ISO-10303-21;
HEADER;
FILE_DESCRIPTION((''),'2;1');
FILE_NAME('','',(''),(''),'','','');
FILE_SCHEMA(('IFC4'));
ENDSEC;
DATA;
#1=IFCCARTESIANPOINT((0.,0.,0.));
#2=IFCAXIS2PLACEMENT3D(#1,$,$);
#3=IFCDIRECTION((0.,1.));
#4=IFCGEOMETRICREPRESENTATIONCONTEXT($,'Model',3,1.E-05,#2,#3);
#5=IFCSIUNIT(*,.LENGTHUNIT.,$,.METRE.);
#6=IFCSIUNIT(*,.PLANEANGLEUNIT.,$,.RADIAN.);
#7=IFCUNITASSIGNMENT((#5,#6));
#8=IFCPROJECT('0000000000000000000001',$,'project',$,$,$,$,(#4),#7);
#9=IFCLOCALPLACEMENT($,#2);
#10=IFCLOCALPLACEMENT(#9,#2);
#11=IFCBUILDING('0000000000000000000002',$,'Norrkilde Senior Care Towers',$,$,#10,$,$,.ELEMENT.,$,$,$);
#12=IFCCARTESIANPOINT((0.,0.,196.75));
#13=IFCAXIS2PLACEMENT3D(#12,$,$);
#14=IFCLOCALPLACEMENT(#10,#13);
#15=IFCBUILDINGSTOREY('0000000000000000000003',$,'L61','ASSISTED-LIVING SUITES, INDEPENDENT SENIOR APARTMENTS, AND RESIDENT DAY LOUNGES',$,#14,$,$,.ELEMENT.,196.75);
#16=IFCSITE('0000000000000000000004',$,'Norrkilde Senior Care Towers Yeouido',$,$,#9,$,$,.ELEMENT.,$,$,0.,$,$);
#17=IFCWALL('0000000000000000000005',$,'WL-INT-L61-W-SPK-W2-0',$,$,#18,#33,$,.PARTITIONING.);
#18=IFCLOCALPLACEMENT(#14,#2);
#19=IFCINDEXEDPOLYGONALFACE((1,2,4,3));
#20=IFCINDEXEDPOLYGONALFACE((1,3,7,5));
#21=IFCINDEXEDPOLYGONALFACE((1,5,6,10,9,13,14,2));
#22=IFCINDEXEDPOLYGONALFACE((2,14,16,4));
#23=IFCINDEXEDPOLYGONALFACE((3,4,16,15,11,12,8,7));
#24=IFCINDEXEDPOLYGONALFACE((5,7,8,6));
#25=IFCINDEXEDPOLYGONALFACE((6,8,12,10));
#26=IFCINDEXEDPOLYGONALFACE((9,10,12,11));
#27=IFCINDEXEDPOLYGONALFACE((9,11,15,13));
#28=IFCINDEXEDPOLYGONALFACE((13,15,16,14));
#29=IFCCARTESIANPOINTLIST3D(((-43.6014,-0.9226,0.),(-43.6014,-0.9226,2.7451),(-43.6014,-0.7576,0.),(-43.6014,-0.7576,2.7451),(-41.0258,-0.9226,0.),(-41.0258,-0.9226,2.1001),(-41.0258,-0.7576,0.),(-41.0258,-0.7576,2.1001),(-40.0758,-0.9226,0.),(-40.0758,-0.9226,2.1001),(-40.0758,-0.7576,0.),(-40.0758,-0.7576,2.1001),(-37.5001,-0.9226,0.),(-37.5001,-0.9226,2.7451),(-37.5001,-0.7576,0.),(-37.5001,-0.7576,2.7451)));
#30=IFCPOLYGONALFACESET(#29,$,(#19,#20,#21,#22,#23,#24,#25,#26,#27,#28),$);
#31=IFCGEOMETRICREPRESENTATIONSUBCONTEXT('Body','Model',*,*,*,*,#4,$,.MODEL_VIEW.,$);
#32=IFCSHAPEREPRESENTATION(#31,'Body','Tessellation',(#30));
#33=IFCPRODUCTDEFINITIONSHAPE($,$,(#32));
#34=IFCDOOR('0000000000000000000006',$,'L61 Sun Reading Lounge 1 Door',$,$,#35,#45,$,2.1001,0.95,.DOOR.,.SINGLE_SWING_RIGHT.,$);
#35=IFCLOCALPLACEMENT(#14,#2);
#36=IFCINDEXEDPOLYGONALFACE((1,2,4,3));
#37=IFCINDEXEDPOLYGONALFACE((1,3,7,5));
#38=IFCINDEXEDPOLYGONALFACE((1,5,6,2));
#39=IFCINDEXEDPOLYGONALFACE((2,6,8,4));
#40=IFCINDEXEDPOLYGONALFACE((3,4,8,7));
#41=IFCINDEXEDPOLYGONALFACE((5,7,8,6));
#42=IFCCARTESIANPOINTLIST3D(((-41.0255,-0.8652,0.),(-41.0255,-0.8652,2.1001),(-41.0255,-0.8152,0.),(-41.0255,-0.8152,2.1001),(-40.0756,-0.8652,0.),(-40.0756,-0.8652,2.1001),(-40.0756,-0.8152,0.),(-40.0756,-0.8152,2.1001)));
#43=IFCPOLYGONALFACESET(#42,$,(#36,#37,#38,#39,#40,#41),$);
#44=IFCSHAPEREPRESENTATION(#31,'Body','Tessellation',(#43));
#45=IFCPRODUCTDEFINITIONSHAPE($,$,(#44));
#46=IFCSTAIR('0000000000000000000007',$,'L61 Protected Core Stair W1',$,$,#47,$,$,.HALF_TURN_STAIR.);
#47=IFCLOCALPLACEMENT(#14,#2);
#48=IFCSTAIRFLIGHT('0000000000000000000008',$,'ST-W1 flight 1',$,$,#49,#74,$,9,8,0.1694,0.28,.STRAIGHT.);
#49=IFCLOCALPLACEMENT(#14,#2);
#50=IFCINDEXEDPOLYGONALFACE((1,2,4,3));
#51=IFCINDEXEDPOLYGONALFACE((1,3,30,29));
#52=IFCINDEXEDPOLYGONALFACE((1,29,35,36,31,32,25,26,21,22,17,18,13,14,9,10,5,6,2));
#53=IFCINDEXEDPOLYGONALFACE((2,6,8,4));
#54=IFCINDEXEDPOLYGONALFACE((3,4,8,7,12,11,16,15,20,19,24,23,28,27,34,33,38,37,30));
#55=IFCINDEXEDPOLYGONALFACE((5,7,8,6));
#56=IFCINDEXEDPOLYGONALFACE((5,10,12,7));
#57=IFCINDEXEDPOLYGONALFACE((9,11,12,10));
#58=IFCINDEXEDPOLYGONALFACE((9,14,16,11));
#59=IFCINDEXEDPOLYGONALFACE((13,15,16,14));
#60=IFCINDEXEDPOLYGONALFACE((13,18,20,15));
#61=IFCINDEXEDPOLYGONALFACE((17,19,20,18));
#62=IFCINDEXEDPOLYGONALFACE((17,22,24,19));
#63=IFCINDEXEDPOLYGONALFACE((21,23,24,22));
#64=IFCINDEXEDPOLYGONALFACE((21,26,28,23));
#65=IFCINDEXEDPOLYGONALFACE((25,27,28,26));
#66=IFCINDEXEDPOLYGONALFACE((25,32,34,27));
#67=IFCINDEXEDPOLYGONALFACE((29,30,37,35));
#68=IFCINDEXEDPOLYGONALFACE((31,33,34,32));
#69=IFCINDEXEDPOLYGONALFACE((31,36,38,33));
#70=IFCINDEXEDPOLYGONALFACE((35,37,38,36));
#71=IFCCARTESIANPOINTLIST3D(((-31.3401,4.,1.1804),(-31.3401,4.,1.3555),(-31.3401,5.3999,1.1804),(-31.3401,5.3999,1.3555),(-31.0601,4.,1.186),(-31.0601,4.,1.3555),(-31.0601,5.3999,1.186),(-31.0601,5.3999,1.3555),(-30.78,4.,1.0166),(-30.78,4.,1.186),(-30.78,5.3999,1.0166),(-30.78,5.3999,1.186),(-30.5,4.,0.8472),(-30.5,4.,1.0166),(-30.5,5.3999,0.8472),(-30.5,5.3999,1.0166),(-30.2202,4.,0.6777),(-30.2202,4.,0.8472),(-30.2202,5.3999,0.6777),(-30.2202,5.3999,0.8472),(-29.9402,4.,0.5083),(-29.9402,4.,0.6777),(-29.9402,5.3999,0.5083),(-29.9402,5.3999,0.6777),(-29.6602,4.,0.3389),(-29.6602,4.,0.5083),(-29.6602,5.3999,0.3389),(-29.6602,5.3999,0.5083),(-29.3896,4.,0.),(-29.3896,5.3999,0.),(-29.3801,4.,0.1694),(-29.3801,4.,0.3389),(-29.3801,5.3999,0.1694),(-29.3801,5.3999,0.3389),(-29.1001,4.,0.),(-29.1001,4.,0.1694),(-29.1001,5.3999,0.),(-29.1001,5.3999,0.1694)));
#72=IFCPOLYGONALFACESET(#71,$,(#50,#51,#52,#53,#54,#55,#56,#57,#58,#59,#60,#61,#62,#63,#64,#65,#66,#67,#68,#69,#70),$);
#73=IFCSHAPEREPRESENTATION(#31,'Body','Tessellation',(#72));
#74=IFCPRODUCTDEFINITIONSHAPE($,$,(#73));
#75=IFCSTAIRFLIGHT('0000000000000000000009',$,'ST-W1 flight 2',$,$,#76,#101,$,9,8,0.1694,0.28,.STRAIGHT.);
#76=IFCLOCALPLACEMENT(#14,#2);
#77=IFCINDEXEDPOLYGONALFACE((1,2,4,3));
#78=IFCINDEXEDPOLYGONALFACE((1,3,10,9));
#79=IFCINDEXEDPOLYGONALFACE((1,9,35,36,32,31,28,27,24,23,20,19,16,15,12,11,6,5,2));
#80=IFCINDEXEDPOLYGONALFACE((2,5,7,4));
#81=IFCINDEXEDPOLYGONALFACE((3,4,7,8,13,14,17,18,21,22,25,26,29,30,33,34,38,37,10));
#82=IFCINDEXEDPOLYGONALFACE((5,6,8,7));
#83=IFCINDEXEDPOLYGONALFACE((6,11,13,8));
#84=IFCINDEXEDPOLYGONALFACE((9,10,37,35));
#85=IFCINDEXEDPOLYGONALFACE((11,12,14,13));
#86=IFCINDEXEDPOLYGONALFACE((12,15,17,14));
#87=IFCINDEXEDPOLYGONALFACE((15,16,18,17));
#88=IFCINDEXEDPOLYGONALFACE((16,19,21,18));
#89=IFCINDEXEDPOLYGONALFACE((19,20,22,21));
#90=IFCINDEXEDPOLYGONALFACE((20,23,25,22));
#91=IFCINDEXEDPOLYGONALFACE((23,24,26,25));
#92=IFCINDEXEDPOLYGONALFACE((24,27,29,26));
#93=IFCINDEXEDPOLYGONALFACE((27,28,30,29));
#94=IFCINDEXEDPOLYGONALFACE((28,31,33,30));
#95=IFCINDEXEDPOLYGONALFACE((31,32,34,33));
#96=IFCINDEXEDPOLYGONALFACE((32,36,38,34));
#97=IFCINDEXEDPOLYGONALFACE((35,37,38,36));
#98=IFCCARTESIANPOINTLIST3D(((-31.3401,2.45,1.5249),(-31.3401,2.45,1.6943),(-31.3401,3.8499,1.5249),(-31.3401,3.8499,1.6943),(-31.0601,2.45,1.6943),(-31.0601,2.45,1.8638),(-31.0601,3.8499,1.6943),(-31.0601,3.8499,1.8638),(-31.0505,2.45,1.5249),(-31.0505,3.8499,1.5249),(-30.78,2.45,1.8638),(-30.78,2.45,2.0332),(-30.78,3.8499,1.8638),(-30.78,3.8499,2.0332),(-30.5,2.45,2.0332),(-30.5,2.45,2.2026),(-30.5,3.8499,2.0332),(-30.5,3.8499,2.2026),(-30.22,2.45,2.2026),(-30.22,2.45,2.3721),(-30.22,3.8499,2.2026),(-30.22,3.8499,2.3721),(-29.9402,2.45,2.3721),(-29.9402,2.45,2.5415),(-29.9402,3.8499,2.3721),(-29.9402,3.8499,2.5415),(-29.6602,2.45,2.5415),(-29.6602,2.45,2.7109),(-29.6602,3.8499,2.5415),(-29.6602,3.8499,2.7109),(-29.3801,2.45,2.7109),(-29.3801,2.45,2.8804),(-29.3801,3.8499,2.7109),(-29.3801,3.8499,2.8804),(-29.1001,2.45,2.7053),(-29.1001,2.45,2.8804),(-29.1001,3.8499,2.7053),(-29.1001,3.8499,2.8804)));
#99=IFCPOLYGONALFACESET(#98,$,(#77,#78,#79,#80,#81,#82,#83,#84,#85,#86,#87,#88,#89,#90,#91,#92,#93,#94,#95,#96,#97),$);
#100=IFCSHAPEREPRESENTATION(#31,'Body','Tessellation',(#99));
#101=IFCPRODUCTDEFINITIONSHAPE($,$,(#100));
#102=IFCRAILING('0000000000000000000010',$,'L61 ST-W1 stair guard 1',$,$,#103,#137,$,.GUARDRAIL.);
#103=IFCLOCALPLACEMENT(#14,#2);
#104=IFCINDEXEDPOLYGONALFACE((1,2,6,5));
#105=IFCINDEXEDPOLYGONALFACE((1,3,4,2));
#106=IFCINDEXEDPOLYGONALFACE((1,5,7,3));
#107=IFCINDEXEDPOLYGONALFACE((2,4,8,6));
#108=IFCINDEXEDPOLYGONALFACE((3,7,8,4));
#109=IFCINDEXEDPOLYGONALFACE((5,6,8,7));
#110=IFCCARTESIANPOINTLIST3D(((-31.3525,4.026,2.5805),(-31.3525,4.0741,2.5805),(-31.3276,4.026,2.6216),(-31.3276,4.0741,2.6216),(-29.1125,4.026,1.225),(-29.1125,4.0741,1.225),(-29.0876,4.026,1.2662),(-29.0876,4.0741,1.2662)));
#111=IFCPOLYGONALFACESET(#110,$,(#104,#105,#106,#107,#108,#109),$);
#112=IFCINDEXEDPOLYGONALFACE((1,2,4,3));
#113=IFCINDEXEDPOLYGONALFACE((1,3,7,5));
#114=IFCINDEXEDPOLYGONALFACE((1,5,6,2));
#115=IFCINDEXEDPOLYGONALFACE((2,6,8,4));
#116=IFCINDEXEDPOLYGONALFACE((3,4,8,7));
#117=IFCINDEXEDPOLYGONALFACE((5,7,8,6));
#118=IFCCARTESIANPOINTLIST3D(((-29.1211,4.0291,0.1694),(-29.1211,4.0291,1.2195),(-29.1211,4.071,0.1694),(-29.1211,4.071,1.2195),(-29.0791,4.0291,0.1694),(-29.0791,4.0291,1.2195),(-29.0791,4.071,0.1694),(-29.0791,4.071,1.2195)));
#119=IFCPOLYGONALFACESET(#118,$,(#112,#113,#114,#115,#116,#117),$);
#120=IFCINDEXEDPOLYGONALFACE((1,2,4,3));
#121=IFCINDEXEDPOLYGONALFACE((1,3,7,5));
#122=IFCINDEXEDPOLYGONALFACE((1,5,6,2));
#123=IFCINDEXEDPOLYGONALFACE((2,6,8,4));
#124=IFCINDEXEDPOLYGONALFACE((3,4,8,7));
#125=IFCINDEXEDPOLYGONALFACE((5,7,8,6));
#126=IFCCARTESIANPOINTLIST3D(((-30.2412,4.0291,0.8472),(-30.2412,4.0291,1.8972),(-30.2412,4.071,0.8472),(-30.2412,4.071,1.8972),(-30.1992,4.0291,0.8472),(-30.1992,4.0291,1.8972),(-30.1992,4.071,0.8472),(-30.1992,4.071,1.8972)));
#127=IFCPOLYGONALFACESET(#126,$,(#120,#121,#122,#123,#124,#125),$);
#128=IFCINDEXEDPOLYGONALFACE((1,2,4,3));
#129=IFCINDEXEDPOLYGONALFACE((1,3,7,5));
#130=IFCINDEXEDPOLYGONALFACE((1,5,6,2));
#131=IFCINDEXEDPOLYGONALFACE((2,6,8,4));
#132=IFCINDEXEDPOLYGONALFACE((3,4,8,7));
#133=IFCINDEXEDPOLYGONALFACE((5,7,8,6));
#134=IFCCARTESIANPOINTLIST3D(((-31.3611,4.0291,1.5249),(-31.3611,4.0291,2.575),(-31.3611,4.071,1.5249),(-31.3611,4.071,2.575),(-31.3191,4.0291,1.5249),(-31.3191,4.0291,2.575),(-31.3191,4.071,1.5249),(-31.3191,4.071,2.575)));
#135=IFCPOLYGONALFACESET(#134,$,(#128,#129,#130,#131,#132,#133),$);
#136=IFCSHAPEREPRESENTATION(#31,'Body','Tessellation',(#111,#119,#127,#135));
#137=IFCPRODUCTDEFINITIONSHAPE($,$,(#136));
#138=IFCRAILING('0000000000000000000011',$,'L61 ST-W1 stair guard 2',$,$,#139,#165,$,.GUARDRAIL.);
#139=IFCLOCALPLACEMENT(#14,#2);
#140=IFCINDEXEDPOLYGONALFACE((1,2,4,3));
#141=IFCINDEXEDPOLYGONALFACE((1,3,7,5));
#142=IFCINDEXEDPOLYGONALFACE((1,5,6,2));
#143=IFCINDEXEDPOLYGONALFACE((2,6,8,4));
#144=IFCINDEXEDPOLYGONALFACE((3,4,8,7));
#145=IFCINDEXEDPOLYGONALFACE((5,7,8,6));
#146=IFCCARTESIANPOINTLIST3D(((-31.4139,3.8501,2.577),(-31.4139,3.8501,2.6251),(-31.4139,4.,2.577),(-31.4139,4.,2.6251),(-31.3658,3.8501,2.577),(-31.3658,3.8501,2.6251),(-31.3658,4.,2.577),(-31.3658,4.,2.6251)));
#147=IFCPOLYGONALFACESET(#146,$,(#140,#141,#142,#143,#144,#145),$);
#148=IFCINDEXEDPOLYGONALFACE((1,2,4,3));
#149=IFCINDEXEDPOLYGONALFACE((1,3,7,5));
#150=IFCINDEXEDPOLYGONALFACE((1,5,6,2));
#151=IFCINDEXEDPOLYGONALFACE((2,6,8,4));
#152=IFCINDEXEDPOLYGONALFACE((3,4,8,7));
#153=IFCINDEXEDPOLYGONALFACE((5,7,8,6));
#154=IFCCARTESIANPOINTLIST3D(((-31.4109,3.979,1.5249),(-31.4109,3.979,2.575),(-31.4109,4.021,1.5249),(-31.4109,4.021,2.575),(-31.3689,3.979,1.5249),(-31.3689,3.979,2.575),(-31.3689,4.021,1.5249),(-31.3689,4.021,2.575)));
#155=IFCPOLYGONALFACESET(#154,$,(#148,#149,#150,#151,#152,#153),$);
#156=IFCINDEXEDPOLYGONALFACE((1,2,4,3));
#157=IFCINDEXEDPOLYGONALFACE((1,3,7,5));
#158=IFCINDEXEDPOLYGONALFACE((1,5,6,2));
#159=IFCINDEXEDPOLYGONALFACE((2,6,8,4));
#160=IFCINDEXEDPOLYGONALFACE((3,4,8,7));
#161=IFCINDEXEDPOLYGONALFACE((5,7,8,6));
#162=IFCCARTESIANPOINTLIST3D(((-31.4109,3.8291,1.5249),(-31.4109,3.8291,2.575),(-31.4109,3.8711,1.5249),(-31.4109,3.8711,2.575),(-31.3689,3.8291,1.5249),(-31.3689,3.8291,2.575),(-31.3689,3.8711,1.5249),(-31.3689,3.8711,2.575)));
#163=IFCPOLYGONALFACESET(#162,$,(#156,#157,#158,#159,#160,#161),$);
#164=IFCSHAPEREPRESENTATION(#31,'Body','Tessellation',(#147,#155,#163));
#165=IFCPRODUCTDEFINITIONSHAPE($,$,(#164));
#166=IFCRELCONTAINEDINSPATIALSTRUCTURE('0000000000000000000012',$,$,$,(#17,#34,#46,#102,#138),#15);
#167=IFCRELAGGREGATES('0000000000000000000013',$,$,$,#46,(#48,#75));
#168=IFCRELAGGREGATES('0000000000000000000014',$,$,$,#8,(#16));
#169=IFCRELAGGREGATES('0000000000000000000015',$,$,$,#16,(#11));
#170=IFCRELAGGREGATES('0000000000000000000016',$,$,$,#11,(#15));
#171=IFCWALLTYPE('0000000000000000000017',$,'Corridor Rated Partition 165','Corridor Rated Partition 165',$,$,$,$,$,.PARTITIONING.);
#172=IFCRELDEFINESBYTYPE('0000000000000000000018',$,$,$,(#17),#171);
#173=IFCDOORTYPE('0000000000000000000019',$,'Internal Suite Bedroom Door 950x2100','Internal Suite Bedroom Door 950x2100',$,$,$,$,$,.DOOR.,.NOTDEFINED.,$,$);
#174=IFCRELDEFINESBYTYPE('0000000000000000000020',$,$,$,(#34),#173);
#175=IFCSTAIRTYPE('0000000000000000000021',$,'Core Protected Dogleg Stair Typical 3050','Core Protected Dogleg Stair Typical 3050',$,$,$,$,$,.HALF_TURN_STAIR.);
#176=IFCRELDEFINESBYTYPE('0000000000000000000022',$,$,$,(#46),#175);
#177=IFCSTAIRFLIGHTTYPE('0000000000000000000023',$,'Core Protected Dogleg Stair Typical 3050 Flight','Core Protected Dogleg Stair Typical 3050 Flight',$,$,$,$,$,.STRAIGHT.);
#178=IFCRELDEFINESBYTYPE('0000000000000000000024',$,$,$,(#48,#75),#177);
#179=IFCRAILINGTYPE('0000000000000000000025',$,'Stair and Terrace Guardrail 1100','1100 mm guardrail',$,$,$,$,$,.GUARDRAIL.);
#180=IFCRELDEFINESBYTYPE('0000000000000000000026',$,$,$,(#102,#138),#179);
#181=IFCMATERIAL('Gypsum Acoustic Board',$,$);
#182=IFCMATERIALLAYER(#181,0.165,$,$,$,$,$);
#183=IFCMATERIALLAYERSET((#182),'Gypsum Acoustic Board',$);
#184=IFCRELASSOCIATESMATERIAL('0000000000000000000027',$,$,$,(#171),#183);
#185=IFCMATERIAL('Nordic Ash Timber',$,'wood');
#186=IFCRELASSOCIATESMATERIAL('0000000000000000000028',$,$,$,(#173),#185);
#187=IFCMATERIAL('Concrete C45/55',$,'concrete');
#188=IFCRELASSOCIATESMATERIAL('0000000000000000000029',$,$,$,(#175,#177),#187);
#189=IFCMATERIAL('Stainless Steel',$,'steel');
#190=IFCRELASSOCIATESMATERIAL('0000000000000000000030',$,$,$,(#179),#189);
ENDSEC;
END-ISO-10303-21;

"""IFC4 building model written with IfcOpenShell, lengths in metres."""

from ifc_helpers import new_model, si_unit, direction, frame, frame_2d, origin, origin_2d, place, context, subcontext, project, spatial, polyline, rectangle, outline, extrude, source, transform, mapped, material, layer, layer_set, type_object, type_shapes, element, fill, aggregate, save


model = new_model("IFC4")

# Units and contexts
model_context = context("Model", 3, precision=1e-05, world=origin(), true_north=direction((0.0, 1.0)))
body_context = subcontext(model_context, "Body", "Model", "MODEL_VIEW")
ifc_project = project(units=[si_unit("LENGTHUNIT", "METRE"), si_unit("PLANEANGLEUNIT", "RADIAN")], contexts=[model_context])

# Site, building, storey
site_placement = place(None, origin())
site = spatial("IfcSite", under=ifc_project, at=site_placement, Name="Norrkilde Senior Care Towers Yeouido", CompositionType="ELEMENT", RefElevation=0.0)
building_placement = place(site_placement, origin())
building = spatial("IfcBuilding", under=site, at=building_placement, Name="Norrkilde Senior Care Towers", CompositionType="ELEMENT")
storey_placement = place(building_placement, frame((0.0, 0.0, 196.75)))
storey = spatial("IfcBuildingStorey", under=building, at=storey_placement, Name="L61", Description="ASSISTED-LIVING SUITES, INDEPENDENT SENIOR APARTMENTS, AND RESIDENT DAY LOUNGES", CompositionType="ELEMENT", Elevation=196.75)

# Shared definitions
ifc_material_1 = material(Name="Concrete C45/55", Category="concrete")

# Shared definitions
ifc_material_2 = material(Name="Gypsum Acoustic Board")

# Shared definitions
ifc_layer_1 = layer(ifc_material_2, 0.165)
ifc_layer_set_1 = layer_set([ifc_layer_1], Name="Gypsum Acoustic Board")
wall_type_1 = type_object("IfcWallType", Name="Corridor Rated Partition 165", Description="Corridor Rated Partition 165", PredefinedType="PARTITIONING", material=ifc_layer_set_1)

# Shared definitions
ifc_material_3 = material(Name="Nordic Ash Timber", Category="wood")

# Wall, opening, door
shared_shape_1 = source(origin(), body_context, "Body", "SweptSolid", [
    extrude(rectangle(XDim=6.1013, YDim=0.165, at=frame_2d((3.0508, 0.0))), origin(), (0.0, 0.0, 1.0), 2.7451),
])
door_type_1 = type_object("IfcDoorType", Name="Internal Suite Bedroom Door 950x2100", Description="Internal Suite Bedroom Door 950x2100", OperationType="NOTDEFINED", PredefinedType="DOOR", material=ifc_material_3)
shared_shape_2 = source(origin(), body_context, "Body", "SweptSolid", [
    extrude(rectangle(XDim=0.95, YDim=2.1001, at=frame_2d((0.4751, 1.05))), frame((0.0, 0.0249, 0.0), z_axis=(0.0, -1.0, 0.0), x_axis=(1.0, 0.0, 0.0)), (0.0, 0.0, 1.0), 0.05),
])
type_shapes(door_type_1, [shared_shape_2])
wall_1_placement = place(storey_placement, frame((-37.5, -0.8401, 0.0), z_axis=(0.0, 0.0, 1.0), x_axis=(-1.0, 0.0, 0.0)))
wall_1 = element("IfcWall", 1, at=wall_1_placement, inside=storey, type_object=wall_type_1, Name="WL-INT-L61-W-SPK-W2-0", PredefinedType="PARTITIONING", context=body_context, shape_type="MappedRepresentation", body=[
    mapped(shared_shape_1, transform((0.0, 0.0, 0.0), x_axis=(1.0, 0.0, 0.0), y_axis=(0.0, 1.0, 0.0), z_axis=(0.0, 0.0, 1.0), scale=1.0)),
])
opening_1_placement = place(wall_1_placement, frame((2.5757, 0.0, 0.0)))
opening_1 = element("IfcOpeningElement", 2, at=opening_1_placement, cuts=wall_1, PredefinedType="OPENING", context=body_context, shape_type="SweptSolid", body=[
    extrude(rectangle(XDim=0.95, YDim=2.1001, at=frame_2d((0.4751, 1.05))), frame((0.0, 0.0925, 0.0), z_axis=(0.0, -1.0, 0.0), x_axis=(1.0, 0.0, 0.0)), (0.0, 0.0, 1.0), 0.1851),
])
door_1_placement = place(opening_1_placement, frame((0.95, 0.0, 0.0), z_axis=(0.0, 0.0, 1.0), x_axis=(-1.0, 0.0, 0.0)))
door_1 = element("IfcDoor", 3, at=door_1_placement, inside=storey, type_object=door_type_1, Name="L61 Sun Reading Lounge 1 Door", OperationType="SINGLE_SWING_RIGHT", OverallHeight=2.1001, OverallWidth=0.95, PredefinedType="DOOR", context=body_context, shape_type="MappedRepresentation", body=[
    mapped(shared_shape_2, transform((0.0, 0.0, 0.0), x_axis=(1.0, 0.0, 0.0), y_axis=(0.0, 1.0, 0.0), z_axis=(0.0, 0.0, 1.0), scale=1.0)),
])
fill(opening_1, door_1)

# Stair, stair flights
stair_type = type_object("IfcStairType", Name="Core Protected Dogleg Stair Typical 3050", Description="Core Protected Dogleg Stair Typical 3050", PredefinedType="HALF_TURN_STAIR", material=ifc_material_1)
stair_placement = place(storey_placement, origin())
stair = element("IfcStair", 4, at=stair_placement, inside=storey, type_object=stair_type, Name="L61 Protected Core Stair W1", PredefinedType="HALF_TURN_STAIR")
stair_flight_type = type_object("IfcStairFlightType", Name="Core Protected Dogleg Stair Typical 3050 Flight", Description="Core Protected Dogleg Stair Typical 3050 Flight", PredefinedType="STRAIGHT", material=ifc_material_1)
stair_flight_1_placement = place(storey_placement, frame((-29.1001, 4.7, 0.0), z_axis=(0.0, 0.0, 1.0), x_axis=(-1.0, 0.0, 0.0)))
stair_flight_1 = element("IfcStairFlight", 5, at=stair_flight_1_placement, type_object=stair_flight_type, Name="ST-W1 flight 1", NumberOfRisers=9, NumberOfTreads=8, PredefinedType="STRAIGHT", RiserHeight=0.1694, TreadLength=0.28, context=body_context, shape_type="SweptSolid", body=[
    extrude(outline(polyline([(0.0, 0.0), (0.0, 0.1694), (0.28, 0.1694), (0.28, 0.3389), (0.5601, 0.3389), (0.5601, 0.5083), (0.8401, 0.5083), (0.8401, 0.6777), (1.1201, 0.6777), (1.1201, 0.8472), (1.3999, 0.8472), (1.3999, 1.0166), (1.6799, 1.0166), (1.6799, 1.186), (1.96, 1.186), (1.96, 1.3555), (2.24, 1.3555), (2.24, 1.5249), (2.24, 1.1804), (0.2896, 0.0), (0.0, 0.0)])), frame((0.0, 0.7, 0.0), z_axis=(0.0, -1.0, 0.0), x_axis=(1.0, 0.0, 0.0)), (0.0, 0.0, 1.0), 1.3999),
])
stair_flight_2_placement = place(storey_placement, frame((-31.3401, 3.1499, 1.5249), z_axis=(0.0, 0.0, 1.0), x_axis=(1.0, 0.0, 0.0)))
stair_flight_2 = element("IfcStairFlight", 6, at=stair_flight_2_placement, type_object=stair_flight_type, Name="ST-W1 flight 2", NumberOfRisers=9, NumberOfTreads=8, PredefinedType="STRAIGHT", RiserHeight=0.1694, TreadLength=0.28, context=body_context, shape_type="SweptSolid", body=[
    extrude(outline(polyline([(0.0, 0.0), (0.0, 0.1694), (0.28, 0.1694), (0.28, 0.3389), (0.5601, 0.3389), (0.5601, 0.5083), (0.8401, 0.5083), (0.8401, 0.6777), (1.1201, 0.6777), (1.1201, 0.8472), (1.3999, 0.8472), (1.3999, 1.0166), (1.6799, 1.0166), (1.6799, 1.186), (1.96, 1.186), (1.96, 1.3555), (2.24, 1.3555), (2.24, 1.5249), (2.24, 1.1804), (0.2896, 0.0), (0.0, 0.0)])), frame((0.0, 0.7, 0.0), z_axis=(0.0, -1.0, 0.0), x_axis=(1.0, 0.0, 0.0)), (0.0, 0.0, 1.0), 1.3999),
])
aggregate(stair, [stair_flight_1, stair_flight_2])

# Railings
ifc_material_4 = material(Name="Stainless Steel", Category="steel")
railing_type_1 = type_object("IfcRailingType", Name="Stair and Terrace Guardrail 1100", Description="1100 mm guardrail", PredefinedType="GUARDRAIL", material=ifc_material_4)
railing_1_placement = place(storey_placement, frame((-29.1001, 4.05, 0.1694)))
element("IfcRailing", 7, at=railing_1_placement, inside=storey, type_object=railing_type_1, Name="L61 ST-W1 stair guard 1", PredefinedType="GUARDRAIL", context=body_context, shape_type="SweptSolid", body=[
    extrude(rectangle(XDim=0.0481, YDim=0.0481, at=origin_2d()), frame((0.0, 0.0, 1.0762), z_axis=(-0.855553, 0.0, 0.517715), x_axis=(0.0, -1.0, 0.0)), (0.0, 0.0, 1.0), 2.6182),
    extrude(rectangle(XDim=0.042, YDim=0.042, at=origin_2d()), origin(), (0.0, 0.0, 1.0), 1.05),
    extrude(rectangle(XDim=0.042, YDim=0.042, at=origin_2d()), frame((-1.1201, 0.0, 0.6777)), (0.0, 0.0, 1.0), 1.05),
    extrude(rectangle(XDim=0.042, YDim=0.042, at=origin_2d()), frame((-2.24, 0.0, 1.3555)), (0.0, 0.0, 1.0), 1.05),
])
railing_2_placement = place(storey_placement, frame((-31.3899, 4.0, 1.5249)))
element("IfcRailing", 8, at=railing_2_placement, inside=storey, type_object=railing_type_1, Name="L61 ST-W1 stair guard 2", PredefinedType="GUARDRAIL", context=body_context, shape_type="SweptSolid", body=[
    extrude(rectangle(XDim=0.0481, YDim=0.0481, at=origin_2d()), frame((0.0, 0.0, 1.0762), z_axis=(0.0, -1.0, 0.0), x_axis=(1.0, 0.0, 0.0)), (0.0, 0.0, 1.0), 0.1499),
    extrude(rectangle(XDim=0.042, YDim=0.042, at=origin_2d()), origin(), (0.0, 0.0, 1.0), 1.05),
    extrude(rectangle(XDim=0.042, YDim=0.042, at=origin_2d()), frame((0.0, -0.1499, 0.0)), (0.0, 0.0, 1.0), 1.05),
])

save(model, "model.ifc")
